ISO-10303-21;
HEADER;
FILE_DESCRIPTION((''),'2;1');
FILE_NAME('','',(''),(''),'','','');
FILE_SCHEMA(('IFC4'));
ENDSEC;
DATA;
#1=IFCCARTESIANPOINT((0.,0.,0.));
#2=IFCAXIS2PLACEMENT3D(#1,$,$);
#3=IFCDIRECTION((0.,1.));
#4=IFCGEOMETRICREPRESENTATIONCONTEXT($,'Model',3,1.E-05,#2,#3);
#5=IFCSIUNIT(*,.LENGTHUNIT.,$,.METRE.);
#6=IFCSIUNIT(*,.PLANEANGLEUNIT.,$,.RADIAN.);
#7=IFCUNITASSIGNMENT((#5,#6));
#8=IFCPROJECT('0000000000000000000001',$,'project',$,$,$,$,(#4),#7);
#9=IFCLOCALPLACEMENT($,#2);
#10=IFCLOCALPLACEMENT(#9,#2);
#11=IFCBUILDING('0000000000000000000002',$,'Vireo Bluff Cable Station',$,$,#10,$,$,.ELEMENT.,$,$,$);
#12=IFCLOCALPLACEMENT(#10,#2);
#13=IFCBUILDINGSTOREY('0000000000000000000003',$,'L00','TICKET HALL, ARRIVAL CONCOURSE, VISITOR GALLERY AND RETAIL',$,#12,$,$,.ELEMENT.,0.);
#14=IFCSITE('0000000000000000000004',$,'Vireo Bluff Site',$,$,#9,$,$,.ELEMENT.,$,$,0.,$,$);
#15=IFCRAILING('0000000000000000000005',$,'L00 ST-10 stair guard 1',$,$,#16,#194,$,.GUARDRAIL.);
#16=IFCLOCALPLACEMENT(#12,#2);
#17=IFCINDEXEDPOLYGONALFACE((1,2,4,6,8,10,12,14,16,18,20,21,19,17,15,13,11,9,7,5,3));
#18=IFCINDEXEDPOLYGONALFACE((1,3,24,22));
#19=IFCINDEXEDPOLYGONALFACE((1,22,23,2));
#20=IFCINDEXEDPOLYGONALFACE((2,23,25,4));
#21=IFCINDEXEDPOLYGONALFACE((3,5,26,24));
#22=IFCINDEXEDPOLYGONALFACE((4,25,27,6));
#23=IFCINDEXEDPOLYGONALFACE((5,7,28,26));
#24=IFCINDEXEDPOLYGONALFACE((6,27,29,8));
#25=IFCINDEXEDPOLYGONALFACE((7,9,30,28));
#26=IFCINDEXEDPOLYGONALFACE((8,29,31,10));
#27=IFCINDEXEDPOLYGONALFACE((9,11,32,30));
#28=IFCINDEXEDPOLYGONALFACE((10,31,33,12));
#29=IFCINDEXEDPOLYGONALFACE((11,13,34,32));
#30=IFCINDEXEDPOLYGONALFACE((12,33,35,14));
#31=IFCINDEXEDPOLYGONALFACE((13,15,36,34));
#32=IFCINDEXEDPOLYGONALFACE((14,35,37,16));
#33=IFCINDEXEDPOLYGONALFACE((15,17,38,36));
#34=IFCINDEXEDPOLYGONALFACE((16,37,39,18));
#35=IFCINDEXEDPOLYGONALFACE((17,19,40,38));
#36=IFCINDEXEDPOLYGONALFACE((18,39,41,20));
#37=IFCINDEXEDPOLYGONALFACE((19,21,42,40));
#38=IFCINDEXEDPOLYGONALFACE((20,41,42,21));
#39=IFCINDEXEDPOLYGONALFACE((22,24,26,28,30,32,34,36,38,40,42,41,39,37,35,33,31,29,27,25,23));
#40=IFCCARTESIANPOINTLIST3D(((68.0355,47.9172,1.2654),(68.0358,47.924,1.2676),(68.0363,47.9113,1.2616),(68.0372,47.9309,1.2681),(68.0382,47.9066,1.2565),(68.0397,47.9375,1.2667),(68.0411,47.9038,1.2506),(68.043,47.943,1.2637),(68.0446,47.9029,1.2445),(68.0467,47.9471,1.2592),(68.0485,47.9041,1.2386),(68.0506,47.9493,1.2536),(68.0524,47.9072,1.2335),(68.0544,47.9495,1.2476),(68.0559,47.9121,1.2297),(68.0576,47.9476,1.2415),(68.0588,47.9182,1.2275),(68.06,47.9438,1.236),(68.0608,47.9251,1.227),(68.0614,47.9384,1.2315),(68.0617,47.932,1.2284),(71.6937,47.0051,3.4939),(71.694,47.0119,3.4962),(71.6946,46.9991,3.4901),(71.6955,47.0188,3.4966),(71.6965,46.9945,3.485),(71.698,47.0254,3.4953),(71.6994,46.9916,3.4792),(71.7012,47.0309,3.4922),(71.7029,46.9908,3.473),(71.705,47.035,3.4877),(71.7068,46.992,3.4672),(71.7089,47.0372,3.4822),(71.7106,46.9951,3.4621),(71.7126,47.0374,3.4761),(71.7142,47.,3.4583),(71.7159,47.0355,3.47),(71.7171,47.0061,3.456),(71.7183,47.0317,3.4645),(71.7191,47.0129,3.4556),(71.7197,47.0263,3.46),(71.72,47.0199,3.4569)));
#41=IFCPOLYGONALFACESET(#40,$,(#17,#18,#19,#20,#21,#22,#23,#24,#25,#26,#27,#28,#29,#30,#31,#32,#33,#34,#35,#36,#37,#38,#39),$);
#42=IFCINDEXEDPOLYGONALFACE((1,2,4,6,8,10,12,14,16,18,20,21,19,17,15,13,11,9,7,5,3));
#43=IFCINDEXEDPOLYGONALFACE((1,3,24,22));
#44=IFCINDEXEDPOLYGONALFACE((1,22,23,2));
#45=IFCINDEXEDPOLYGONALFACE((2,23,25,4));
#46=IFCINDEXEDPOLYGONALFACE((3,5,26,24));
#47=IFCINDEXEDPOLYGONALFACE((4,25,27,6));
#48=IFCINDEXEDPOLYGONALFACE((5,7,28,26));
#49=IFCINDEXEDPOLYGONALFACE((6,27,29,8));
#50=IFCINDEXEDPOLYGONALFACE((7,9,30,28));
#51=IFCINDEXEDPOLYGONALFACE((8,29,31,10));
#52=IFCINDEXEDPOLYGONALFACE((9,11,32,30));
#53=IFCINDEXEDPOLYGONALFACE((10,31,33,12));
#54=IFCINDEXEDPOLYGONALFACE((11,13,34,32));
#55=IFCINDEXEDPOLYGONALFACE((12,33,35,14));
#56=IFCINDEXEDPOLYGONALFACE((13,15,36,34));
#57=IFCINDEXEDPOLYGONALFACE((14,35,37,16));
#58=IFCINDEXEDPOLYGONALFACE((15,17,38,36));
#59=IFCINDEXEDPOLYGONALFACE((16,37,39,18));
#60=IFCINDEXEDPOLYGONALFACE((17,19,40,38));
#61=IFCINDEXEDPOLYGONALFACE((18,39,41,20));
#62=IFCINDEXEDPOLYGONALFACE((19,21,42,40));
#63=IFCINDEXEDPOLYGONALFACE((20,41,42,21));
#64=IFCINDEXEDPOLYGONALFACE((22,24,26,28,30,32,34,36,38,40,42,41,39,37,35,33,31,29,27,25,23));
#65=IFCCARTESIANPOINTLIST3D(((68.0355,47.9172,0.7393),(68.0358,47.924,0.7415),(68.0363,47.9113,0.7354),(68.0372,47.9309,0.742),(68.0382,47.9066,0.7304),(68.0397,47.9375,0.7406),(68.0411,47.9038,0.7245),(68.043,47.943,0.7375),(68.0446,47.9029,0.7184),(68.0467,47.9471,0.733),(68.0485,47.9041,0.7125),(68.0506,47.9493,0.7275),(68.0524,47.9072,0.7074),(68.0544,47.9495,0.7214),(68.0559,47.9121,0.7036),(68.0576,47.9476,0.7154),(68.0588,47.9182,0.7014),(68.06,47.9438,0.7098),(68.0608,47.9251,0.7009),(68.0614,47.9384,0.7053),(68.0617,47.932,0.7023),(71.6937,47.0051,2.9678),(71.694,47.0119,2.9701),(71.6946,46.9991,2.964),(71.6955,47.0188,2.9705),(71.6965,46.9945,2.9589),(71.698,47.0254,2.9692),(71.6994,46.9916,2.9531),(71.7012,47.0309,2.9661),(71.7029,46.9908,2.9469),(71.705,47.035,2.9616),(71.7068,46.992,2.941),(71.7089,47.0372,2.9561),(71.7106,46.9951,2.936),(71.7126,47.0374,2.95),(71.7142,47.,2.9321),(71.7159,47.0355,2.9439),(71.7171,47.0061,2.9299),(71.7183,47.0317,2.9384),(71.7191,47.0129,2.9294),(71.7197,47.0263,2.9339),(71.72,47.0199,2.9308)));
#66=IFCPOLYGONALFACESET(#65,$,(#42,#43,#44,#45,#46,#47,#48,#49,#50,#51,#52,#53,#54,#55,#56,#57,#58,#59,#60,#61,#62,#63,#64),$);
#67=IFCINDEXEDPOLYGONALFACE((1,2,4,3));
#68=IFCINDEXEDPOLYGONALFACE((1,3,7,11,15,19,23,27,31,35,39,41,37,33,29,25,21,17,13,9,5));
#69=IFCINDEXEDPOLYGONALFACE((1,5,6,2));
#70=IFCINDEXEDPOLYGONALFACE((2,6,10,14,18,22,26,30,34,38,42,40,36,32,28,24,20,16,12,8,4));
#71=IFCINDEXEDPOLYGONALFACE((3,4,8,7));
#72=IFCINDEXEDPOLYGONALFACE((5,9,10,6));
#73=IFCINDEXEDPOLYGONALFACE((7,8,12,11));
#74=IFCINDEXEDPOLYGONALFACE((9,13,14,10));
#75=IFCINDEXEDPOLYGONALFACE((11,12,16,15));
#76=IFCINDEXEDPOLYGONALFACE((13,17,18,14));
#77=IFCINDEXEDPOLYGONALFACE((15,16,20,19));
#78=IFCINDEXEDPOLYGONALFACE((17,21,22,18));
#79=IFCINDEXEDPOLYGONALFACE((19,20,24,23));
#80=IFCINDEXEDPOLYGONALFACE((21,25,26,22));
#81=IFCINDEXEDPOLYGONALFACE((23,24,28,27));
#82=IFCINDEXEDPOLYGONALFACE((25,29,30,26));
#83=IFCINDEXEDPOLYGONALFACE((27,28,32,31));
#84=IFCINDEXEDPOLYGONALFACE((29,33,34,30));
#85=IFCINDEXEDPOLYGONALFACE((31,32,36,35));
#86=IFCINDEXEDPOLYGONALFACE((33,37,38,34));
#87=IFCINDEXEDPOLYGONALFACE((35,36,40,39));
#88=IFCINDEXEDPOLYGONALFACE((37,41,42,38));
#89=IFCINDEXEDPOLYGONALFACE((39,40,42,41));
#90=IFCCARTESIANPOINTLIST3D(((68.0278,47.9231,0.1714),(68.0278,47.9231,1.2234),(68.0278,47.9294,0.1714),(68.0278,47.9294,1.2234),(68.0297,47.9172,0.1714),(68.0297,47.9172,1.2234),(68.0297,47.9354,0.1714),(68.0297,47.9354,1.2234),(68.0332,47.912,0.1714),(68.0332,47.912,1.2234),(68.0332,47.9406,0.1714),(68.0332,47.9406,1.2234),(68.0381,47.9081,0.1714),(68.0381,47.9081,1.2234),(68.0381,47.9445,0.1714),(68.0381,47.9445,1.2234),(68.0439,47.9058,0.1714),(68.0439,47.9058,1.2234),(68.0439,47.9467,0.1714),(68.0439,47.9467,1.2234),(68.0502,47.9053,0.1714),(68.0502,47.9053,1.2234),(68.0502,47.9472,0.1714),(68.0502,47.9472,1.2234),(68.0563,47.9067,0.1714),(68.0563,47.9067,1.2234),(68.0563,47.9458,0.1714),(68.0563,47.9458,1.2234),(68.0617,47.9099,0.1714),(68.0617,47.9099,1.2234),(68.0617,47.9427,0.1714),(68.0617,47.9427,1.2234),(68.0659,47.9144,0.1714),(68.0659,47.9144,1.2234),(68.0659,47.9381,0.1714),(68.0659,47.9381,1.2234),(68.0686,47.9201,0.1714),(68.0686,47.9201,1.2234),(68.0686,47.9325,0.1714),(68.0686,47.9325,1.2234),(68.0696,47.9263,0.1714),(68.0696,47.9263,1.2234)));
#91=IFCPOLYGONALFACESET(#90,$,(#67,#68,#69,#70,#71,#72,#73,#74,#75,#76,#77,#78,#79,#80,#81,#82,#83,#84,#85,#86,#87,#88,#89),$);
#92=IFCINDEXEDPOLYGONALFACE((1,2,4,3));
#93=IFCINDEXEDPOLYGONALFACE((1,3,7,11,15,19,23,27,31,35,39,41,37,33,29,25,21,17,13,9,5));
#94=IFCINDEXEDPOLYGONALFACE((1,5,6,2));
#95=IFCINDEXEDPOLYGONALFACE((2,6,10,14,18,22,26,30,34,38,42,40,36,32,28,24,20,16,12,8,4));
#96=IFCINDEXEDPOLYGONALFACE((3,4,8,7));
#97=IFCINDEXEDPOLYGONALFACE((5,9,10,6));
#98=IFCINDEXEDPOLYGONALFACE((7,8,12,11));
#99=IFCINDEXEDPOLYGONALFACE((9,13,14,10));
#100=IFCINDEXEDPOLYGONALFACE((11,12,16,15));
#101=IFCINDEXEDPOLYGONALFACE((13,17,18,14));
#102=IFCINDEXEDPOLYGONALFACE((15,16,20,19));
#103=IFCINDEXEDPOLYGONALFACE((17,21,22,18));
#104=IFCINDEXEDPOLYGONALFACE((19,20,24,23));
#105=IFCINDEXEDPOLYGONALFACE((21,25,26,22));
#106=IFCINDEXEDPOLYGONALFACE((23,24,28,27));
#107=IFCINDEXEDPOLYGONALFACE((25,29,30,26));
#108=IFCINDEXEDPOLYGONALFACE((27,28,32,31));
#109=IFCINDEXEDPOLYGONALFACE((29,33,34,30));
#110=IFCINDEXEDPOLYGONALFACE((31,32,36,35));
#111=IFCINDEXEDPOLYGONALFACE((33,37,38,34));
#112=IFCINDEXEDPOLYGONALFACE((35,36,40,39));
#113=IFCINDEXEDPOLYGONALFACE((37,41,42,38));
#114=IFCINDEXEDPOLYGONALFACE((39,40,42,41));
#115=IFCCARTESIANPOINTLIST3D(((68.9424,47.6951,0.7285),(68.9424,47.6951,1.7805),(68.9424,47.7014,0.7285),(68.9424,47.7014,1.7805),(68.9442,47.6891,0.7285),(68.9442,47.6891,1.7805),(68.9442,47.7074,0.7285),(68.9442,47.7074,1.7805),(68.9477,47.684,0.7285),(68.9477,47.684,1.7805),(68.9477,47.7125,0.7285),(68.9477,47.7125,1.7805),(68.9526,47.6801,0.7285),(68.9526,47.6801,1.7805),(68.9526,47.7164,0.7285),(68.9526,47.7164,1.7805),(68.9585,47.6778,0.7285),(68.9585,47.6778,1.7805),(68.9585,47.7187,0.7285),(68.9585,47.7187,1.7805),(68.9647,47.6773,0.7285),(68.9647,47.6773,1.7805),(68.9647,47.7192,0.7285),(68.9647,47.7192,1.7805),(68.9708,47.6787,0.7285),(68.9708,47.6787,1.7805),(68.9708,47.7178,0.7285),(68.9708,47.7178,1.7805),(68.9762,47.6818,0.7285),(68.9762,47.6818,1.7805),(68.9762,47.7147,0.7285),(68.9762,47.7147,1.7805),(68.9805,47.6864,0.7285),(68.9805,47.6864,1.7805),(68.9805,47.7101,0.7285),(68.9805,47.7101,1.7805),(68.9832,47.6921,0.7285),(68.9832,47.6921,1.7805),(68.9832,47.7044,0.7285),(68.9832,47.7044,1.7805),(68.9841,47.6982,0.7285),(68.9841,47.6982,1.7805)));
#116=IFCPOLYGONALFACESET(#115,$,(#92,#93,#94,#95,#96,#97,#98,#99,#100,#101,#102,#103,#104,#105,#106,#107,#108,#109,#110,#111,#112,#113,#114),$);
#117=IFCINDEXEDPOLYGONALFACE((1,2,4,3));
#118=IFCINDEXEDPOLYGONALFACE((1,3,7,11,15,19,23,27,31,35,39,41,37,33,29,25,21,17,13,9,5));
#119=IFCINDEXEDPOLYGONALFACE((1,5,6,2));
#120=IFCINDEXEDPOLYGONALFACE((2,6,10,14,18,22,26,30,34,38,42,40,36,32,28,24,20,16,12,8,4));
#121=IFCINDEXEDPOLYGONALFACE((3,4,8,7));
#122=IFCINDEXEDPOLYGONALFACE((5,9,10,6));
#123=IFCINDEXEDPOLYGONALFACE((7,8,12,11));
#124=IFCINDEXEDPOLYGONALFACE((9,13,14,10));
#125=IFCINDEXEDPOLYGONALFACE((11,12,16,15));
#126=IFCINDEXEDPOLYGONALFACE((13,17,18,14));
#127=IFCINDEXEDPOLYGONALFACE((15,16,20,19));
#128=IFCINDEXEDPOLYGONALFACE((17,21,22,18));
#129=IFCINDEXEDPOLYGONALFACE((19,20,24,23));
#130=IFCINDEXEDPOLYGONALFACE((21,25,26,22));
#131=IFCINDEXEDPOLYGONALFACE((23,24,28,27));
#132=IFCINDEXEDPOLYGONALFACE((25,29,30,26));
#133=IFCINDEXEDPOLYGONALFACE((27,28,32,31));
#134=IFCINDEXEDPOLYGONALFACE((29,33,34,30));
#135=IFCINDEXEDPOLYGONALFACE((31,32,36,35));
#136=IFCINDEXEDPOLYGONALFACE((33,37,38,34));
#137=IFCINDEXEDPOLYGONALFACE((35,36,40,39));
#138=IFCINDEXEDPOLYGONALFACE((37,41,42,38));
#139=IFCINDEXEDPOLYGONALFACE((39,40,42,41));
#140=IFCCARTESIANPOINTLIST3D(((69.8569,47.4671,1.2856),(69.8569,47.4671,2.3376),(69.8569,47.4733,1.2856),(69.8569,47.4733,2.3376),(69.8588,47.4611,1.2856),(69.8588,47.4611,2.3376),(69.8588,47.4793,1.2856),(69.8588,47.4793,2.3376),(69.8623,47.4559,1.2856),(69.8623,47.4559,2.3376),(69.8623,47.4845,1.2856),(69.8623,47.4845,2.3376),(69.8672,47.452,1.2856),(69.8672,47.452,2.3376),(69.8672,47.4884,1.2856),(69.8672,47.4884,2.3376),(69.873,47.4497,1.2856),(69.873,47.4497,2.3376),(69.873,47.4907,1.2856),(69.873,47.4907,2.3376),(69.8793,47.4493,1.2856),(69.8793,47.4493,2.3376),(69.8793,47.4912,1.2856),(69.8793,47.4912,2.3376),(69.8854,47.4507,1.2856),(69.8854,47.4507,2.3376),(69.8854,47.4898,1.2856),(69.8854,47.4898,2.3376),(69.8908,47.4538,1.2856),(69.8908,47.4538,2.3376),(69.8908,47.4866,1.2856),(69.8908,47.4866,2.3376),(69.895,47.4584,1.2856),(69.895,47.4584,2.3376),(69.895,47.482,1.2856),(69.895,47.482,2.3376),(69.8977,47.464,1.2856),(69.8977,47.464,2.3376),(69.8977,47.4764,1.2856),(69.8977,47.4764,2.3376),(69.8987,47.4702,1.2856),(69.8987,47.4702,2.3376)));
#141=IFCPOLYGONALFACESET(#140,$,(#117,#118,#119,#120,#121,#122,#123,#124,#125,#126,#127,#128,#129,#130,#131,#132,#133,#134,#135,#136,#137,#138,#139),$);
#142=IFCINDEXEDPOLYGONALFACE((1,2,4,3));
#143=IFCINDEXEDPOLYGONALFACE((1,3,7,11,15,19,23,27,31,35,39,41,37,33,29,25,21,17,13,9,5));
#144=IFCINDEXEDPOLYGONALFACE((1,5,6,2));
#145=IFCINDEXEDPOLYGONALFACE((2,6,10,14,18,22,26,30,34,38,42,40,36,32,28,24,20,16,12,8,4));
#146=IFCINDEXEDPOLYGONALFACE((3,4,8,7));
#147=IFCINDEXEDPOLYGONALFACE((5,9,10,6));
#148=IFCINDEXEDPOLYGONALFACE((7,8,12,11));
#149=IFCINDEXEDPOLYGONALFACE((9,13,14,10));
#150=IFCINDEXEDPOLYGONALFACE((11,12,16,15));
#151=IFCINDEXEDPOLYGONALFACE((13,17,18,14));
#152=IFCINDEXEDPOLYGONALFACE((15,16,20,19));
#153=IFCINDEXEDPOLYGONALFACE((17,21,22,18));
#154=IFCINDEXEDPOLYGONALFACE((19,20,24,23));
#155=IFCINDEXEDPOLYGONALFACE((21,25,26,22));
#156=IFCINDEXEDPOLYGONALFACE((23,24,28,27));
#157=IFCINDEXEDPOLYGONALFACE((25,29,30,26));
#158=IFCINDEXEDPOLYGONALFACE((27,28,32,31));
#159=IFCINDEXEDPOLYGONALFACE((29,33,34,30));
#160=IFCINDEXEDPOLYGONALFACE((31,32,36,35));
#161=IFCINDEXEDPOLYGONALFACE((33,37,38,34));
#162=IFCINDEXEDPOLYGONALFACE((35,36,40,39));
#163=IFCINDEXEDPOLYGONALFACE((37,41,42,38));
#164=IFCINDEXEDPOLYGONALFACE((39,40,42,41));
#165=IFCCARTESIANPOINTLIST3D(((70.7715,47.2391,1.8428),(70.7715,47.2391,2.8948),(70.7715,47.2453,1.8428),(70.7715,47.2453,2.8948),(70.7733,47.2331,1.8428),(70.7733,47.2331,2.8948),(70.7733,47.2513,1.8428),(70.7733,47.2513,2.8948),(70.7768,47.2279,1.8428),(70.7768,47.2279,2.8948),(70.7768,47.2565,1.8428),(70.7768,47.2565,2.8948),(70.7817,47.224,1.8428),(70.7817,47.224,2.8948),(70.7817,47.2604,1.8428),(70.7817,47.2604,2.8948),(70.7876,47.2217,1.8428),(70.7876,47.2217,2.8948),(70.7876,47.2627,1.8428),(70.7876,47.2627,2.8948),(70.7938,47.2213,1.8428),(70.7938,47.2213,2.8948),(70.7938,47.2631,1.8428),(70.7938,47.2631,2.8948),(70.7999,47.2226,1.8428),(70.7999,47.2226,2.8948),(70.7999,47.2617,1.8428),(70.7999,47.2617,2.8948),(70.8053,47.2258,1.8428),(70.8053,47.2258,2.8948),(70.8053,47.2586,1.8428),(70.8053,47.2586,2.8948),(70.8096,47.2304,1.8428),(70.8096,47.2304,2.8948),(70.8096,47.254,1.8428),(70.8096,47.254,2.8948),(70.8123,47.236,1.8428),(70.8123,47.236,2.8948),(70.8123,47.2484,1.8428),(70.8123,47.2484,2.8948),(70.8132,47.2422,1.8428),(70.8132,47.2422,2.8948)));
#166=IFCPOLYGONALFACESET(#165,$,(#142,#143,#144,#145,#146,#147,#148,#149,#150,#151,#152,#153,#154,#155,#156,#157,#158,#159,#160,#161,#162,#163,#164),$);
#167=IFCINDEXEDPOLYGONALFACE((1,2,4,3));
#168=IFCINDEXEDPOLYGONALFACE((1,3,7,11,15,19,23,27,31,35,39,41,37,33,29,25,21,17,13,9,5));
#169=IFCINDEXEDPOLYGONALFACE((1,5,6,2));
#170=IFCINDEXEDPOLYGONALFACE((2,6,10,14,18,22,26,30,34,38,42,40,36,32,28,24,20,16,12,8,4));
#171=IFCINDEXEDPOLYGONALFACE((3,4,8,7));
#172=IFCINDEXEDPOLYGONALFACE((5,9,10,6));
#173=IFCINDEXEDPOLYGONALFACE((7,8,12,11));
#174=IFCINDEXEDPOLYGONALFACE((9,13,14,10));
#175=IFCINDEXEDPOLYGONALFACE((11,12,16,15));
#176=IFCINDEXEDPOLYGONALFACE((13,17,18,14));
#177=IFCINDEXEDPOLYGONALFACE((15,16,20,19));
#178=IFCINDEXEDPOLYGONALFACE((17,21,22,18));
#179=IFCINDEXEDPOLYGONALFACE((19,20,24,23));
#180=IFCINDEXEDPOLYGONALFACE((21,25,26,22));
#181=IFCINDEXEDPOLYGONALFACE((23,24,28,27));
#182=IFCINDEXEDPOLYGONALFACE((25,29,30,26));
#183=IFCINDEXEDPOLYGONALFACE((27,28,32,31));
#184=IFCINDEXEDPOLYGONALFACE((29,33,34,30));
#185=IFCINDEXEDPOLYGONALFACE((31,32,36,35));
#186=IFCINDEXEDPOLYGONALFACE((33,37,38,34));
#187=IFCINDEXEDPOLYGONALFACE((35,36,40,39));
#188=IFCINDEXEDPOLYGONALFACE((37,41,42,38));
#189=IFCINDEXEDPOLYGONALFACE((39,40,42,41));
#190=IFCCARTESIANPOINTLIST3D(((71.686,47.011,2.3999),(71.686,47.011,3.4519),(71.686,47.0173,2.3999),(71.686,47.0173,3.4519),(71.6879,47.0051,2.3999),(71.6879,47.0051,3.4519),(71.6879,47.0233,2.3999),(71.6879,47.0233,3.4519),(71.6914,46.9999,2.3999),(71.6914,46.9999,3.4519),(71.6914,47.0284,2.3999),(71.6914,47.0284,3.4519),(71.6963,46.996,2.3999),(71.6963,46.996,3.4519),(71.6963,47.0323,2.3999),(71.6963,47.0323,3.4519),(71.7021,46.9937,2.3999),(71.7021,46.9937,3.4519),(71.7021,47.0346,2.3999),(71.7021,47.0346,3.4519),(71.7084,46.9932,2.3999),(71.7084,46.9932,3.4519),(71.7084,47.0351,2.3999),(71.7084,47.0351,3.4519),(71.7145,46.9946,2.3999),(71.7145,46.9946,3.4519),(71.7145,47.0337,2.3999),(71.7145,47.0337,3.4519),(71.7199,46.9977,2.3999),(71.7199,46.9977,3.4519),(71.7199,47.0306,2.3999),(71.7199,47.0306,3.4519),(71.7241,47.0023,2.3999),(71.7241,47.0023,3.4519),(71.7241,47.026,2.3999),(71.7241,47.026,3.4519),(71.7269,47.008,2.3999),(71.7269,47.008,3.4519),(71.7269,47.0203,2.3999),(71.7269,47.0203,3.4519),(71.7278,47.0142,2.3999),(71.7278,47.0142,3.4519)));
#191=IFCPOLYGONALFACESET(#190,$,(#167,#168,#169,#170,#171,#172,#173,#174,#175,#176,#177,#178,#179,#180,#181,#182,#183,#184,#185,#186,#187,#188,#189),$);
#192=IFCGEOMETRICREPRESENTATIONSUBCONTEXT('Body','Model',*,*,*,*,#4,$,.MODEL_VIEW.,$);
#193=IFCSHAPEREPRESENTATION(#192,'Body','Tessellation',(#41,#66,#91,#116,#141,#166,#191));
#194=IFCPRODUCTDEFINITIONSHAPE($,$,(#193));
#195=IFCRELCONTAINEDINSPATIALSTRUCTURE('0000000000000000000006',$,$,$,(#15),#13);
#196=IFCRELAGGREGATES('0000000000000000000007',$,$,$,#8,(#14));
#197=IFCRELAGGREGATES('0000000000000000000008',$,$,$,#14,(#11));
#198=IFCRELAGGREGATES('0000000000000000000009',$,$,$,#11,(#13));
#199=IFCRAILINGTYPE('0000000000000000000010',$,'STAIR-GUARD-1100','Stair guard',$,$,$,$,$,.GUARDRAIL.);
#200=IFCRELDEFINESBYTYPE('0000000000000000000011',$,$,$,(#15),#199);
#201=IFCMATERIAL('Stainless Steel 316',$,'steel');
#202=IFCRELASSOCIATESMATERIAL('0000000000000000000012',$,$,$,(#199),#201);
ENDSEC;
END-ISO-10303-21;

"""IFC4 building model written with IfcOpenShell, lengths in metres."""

from ifc_helpers import new_model, si_unit, direction, frame, origin, origin_2d, place, context, subcontext, project, spatial, circle, extrude, material, type_object, element, save


model = new_model("IFC4")

# Units and contexts
model_context = context("Model", 3, precision=1e-05, world=origin(), true_north=direction((0.0, 1.0)))
body_context = subcontext(model_context, "Body", "Model", "MODEL_VIEW")
ifc_project = project(units=[si_unit("LENGTHUNIT", "METRE"), si_unit("PLANEANGLEUNIT", "RADIAN")], contexts=[model_context])

# Site, building, storey
site_placement = place(None, origin())
site = spatial("IfcSite", under=ifc_project, at=site_placement, Name="Vireo Bluff Site", CompositionType="ELEMENT", RefElevation=0.0)
building_placement = place(site_placement, origin())
building = spatial("IfcBuilding", under=site, at=building_placement, Name="Vireo Bluff Cable Station", CompositionType="ELEMENT")
storey_placement = place(building_placement, origin())
storey = spatial("IfcBuildingStorey", under=building, at=storey_placement, Name="L00", Description="TICKET HALL, ARRIVAL CONCOURSE, VISITOR GALLERY AND RETAIL", CompositionType="ELEMENT", Elevation=0.0)

# Railing
ifc_material_1 = material(Name="Stainless Steel 316", Category="steel")
railing_type_1 = type_object("IfcRailingType", Name="STAIR-GUARD-1100", Description="Stair guard", PredefinedType="GUARDRAIL", material=ifc_material_1)
railing_1_placement = place(storey_placement, frame((68.0486, 47.9263, 0.1714)))
element("IfcRailing", 1, at=railing_1_placement, inside=storey, type_object=railing_type_1, Name="L00 ST-10 stair guard 1", PredefinedType="GUARDRAIL", context=body_context, shape_type="SweptSolid", body=[
    extrude(circle(Radius=0.0239, at=origin_2d()), frame((0.0, 0.0, 1.0762), z_axis=(0.835287, -0.208264, 0.508843), x_axis=(0.241926, 0.970295, 0.0)), (0.0, 0.0, 1.0), 4.3796),
    extrude(circle(Radius=0.0239, at=origin_2d()), frame((0.0, 0.0, 0.55), z_axis=(0.835287, -0.208264, 0.508843), x_axis=(0.241926, 0.970295, 0.0)), (0.0, 0.0, 1.0), 4.3796),
    extrude(circle(Radius=0.021, at=origin_2d()), origin(), (0.0, 0.0, 1.0), 1.052),
    extrude(circle(Radius=0.021, at=origin_2d()), frame((0.9146, -0.228, 0.5571)), (0.0, 0.0, 1.0), 1.052),
    extrude(circle(Radius=0.021, at=origin_2d()), frame((1.8291, -0.4561, 1.1143)), (0.0, 0.0, 1.0), 1.052),
    extrude(circle(Radius=0.021, at=origin_2d()), frame((2.7437, -0.6841, 1.6714)), (0.0, 0.0, 1.0), 1.052),
    extrude(circle(Radius=0.021, at=origin_2d()), frame((3.6582, -0.9121, 2.2285)), (0.0, 0.0, 1.0), 1.052),
])

save(model, "model.ifc")
